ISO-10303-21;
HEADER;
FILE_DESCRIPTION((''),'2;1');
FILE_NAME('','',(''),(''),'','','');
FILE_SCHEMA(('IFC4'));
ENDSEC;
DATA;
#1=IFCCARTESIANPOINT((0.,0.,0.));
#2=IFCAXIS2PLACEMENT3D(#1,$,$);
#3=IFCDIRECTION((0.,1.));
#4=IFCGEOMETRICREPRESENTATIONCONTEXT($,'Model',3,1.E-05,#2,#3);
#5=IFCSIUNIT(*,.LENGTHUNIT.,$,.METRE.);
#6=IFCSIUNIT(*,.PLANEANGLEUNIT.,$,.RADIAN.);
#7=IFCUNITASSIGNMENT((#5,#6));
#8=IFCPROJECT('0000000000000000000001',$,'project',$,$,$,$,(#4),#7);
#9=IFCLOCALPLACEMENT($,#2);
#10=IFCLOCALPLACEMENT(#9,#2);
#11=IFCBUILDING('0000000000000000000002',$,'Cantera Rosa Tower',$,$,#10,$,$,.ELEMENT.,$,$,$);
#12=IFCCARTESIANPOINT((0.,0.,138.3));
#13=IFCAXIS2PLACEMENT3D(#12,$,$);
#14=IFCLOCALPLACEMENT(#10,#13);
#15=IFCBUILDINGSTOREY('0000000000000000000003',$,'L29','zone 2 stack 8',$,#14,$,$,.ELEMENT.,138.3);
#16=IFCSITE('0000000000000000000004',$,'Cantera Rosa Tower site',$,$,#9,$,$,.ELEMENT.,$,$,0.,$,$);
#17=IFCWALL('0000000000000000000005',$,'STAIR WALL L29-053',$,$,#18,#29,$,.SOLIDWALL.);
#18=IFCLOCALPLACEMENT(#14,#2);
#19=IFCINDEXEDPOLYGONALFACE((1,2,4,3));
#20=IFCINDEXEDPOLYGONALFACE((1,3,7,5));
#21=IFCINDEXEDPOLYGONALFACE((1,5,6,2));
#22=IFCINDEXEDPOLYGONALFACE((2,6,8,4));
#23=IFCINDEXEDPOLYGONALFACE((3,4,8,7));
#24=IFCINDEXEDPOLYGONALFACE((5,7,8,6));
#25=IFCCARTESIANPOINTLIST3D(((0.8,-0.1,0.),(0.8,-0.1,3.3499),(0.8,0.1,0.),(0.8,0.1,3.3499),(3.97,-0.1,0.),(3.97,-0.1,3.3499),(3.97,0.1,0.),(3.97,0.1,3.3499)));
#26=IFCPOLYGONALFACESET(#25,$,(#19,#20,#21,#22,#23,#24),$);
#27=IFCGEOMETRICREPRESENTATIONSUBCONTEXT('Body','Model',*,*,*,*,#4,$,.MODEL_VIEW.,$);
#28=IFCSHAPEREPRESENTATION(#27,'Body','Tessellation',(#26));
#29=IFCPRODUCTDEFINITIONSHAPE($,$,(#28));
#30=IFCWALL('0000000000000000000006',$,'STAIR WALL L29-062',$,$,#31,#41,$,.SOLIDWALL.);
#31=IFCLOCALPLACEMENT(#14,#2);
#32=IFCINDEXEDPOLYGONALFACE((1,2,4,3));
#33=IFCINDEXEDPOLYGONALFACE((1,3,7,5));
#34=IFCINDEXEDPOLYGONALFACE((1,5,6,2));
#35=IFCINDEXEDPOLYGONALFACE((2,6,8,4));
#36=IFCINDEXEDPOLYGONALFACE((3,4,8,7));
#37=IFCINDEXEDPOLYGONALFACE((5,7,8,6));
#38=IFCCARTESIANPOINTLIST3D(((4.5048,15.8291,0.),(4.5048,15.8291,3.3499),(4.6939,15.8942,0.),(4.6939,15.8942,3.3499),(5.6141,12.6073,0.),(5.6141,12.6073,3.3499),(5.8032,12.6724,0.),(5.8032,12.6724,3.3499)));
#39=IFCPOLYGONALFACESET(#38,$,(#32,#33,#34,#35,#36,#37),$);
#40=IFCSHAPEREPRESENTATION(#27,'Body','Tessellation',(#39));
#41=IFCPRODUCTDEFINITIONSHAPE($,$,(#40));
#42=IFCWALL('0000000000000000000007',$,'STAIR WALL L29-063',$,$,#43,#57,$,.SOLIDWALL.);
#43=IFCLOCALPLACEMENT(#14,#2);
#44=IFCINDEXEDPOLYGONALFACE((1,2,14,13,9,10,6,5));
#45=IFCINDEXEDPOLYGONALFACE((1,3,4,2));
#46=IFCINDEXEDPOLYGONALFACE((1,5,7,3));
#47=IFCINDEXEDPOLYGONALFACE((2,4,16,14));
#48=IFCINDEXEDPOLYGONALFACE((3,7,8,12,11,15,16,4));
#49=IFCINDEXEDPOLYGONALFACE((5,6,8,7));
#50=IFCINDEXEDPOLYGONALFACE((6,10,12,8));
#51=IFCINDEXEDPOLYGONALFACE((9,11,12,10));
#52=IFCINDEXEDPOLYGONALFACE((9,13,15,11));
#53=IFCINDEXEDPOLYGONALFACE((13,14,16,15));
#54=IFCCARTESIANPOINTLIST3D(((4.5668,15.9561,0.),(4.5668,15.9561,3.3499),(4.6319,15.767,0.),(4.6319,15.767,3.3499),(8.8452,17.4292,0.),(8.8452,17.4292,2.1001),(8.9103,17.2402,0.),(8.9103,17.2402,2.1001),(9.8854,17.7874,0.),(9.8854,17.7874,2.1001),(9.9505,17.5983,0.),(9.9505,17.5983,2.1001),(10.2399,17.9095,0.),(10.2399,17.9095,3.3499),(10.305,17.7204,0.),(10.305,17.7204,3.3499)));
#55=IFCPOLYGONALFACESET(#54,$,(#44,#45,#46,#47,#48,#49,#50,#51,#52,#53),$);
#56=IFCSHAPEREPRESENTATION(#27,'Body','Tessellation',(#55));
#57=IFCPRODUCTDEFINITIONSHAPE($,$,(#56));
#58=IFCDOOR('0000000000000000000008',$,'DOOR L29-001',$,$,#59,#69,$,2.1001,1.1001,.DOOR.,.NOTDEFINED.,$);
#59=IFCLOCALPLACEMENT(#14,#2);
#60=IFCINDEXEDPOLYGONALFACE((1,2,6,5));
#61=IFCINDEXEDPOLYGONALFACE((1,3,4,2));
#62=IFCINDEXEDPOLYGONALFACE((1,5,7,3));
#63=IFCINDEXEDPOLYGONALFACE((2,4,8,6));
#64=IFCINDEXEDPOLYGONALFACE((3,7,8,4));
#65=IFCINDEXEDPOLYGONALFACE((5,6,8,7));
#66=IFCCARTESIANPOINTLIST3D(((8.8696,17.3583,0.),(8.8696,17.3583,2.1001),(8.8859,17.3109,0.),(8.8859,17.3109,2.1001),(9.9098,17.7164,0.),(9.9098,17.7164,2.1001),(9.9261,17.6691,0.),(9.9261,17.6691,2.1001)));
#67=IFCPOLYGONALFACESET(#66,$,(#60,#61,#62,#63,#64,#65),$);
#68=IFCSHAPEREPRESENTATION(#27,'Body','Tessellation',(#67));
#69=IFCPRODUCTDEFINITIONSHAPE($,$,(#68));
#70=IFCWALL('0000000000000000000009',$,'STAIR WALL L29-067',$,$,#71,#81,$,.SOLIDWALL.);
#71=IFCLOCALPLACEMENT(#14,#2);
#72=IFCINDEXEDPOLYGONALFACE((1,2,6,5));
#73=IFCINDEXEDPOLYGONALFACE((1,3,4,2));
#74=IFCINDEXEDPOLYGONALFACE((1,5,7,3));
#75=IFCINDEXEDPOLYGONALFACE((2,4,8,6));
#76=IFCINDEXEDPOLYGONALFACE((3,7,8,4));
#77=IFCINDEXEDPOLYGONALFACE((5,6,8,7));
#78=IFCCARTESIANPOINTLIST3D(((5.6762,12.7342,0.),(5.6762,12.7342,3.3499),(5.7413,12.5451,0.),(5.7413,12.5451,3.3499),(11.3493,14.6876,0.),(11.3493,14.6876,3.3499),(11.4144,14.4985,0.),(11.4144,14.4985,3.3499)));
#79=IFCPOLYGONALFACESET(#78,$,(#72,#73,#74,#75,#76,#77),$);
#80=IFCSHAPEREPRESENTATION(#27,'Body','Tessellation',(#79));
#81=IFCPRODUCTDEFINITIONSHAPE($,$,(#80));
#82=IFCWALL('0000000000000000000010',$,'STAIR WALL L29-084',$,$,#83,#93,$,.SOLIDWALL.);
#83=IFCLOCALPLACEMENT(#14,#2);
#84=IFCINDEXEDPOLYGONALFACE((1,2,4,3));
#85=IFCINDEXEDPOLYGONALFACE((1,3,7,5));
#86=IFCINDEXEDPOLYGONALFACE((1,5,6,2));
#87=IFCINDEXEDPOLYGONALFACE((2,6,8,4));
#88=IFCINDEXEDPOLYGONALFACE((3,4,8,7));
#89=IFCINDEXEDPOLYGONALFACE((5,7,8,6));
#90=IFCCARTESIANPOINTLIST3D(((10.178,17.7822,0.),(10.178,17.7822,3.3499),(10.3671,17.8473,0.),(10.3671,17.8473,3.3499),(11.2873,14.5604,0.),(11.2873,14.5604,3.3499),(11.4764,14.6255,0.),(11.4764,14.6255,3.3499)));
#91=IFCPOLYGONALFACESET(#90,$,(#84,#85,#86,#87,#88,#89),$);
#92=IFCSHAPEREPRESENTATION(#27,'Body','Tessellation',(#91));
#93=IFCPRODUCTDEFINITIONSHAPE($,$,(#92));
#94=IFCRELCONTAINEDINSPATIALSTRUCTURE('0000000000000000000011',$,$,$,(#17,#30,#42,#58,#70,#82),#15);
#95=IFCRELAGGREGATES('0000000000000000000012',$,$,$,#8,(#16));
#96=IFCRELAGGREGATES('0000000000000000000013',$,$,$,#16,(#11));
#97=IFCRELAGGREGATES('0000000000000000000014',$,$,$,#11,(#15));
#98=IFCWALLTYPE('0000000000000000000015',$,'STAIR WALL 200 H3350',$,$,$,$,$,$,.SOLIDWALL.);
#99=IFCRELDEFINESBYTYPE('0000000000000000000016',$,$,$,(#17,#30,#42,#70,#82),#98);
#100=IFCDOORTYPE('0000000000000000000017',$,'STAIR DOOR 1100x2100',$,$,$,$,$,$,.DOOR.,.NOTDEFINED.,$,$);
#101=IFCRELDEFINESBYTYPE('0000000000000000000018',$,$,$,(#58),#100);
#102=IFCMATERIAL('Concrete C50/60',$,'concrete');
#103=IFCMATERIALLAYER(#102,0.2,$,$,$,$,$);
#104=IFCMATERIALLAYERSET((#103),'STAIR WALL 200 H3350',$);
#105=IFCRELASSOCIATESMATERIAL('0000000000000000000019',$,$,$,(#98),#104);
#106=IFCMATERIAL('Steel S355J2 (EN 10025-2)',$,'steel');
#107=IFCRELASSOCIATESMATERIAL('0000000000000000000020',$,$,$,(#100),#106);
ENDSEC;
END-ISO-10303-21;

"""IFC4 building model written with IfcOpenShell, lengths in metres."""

from ifc_helpers import new_model, si_unit, direction, frame, frame_2d, origin, place, context, subcontext, project, spatial, rectangle, extrude, material, layer, layer_set, type_object, element, fill, save


model = new_model("IFC4")

# Units and contexts
model_context = context("Model", 3, precision=1e-05, world=origin(), true_north=direction((0.0, 1.0)))
body_context = subcontext(model_context, "Body", "Model", "MODEL_VIEW")
ifc_project = project(units=[si_unit("LENGTHUNIT", "METRE"), si_unit("PLANEANGLEUNIT", "RADIAN")], contexts=[model_context])

# Site, building, storey
site_placement = place(None, origin())
site = spatial("IfcSite", under=ifc_project, at=site_placement, Name="Cantera Rosa Tower site", CompositionType="ELEMENT", RefElevation=0.0)
building_placement = place(site_placement, origin())
building = spatial("IfcBuilding", under=site, at=building_placement, Name="Cantera Rosa Tower", CompositionType="ELEMENT")
storey_placement = place(building_placement, frame((0.0, 0.0, 138.3)))
storey = spatial("IfcBuildingStorey", under=building, at=storey_placement, Name="L29", Description="zone 2 stack 8", CompositionType="ELEMENT", Elevation=138.3)

# Walls
ifc_material_1 = material(Name="Concrete C50/60", Category="concrete")
ifc_layer_1 = layer(ifc_material_1, 0.2)
ifc_layer_set_1 = layer_set([ifc_layer_1], Name="STAIR WALL 200 H3350")
wall_type_1 = type_object("IfcWallType", Name="STAIR WALL 200 H3350", PredefinedType="SOLIDWALL", material=ifc_layer_set_1)
wall_1_placement = place(storey_placement, frame((0.8, 0.0, 0.0), z_axis=(0.0, 0.0, 1.0), x_axis=(1.0, 0.0, 0.0)))
element("IfcWall", 1, at=wall_1_placement, inside=storey, type_object=wall_type_1, Name="STAIR WALL L29-053", PredefinedType="SOLIDWALL", context=body_context, shape_type="SweptSolid", body=[
    extrude(rectangle(XDim=3.1699, YDim=0.2, at=frame_2d((1.585, 0.0))), origin(), (0.0, 0.0, 1.0), 3.3499),
])
wall_2_placement = place(storey_placement, frame((4.5994, 15.8616, 0.0), z_axis=(0.0, 0.0, 1.0), x_axis=(0.325562, -0.945521, 0.0)))
element("IfcWall", 2, at=wall_2_placement, inside=storey, type_object=wall_type_1, Name="STAIR WALL L29-062", PredefinedType="SOLIDWALL", context=body_context, shape_type="SweptSolid", body=[
    extrude(rectangle(XDim=3.4075, YDim=0.2, at=frame_2d((1.7036, 0.0))), origin(), (0.0, 0.0, 1.0), 3.3499),
])

# Wall, opening, door
wall_3_placement = place(storey_placement, frame((4.5994, 15.8616, 0.0), z_axis=(0.0, 0.0, 1.0), x_axis=(0.94552, 0.325563, 0.0)))
wall_3 = element("IfcWall", 3, at=wall_3_placement, inside=storey, type_object=wall_type_1, Name="STAIR WALL L29-063", PredefinedType="SOLIDWALL", context=body_context, shape_type="SweptSolid", body=[
    extrude(rectangle(XDim=6.0, YDim=0.2, at=frame_2d((3.0, 0.0))), origin(), (0.0, 0.0, 1.0), 3.3499),
])
opening_1_placement = place(wall_3_placement, frame((4.5249, 0.0, 0.0)))
opening_1 = element("IfcOpeningElement", 4, at=opening_1_placement, cuts=wall_3, PredefinedType="OPENING", context=body_context, shape_type="SweptSolid", body=[
    extrude(rectangle(XDim=1.1001, YDim=2.1001, at=frame_2d((0.55, 1.05))), frame((0.0, 0.1099, 0.0), z_axis=(0.0, -1.0, 0.0), x_axis=(1.0, 0.0, 0.0)), (0.0, 0.0, 1.0), 0.22),
])
ifc_material_2 = material(Name="Steel S355J2 (EN 10025-2)", Category="steel")
door_type_1 = type_object("IfcDoorType", Name="STAIR DOOR 1100x2100", OperationType="NOTDEFINED", PredefinedType="DOOR", material=ifc_material_2)
door_1_placement = place(opening_1_placement, origin())
door_1 = element("IfcDoor", 5, at=door_1_placement, inside=storey, type_object=door_type_1, Name="DOOR L29-001", OperationType="NOTDEFINED", OverallHeight=2.1001, OverallWidth=1.1001, PredefinedType="DOOR", context=body_context, shape_type="SweptSolid", body=[
    extrude(rectangle(XDim=1.1001, YDim=2.1001, at=frame_2d((0.55, 1.05))), frame((0.0, 0.0249, 0.0), z_axis=(0.0, -1.0, 0.0), x_axis=(1.0, 0.0, 0.0)), (0.0, 0.0, 1.0), 0.05),
])
fill(opening_1, door_1)

# Walls
wall_4_placement = place(storey_placement, frame((5.7087, 12.6396, 0.0), z_axis=(0.0, 0.0, 1.0), x_axis=(0.94552, 0.325563, 0.0)))
element("IfcWall", 6, at=wall_4_placement, inside=storey, type_object=wall_type_1, Name="STAIR WALL L29-067", PredefinedType="SOLIDWALL", context=body_context, shape_type="SweptSolid", body=[
    extrude(rectangle(XDim=6.0, YDim=0.2, at=frame_2d((3.0, 0.0))), origin(), (0.0, 0.0, 1.0), 3.3499),
])
wall_5_placement = place(storey_placement, frame((11.3818, 14.593, 0.0), z_axis=(0.0, 0.0, 1.0), x_axis=(-0.325562, 0.945521, 0.0)))
element("IfcWall", 7, at=wall_5_placement, inside=storey, type_object=wall_type_1, Name="STAIR WALL L29-084", PredefinedType="SOLIDWALL", context=body_context, shape_type="SweptSolid", body=[
    extrude(rectangle(XDim=3.4075, YDim=0.2, at=frame_2d((1.7036, 0.0))), origin(), (0.0, 0.0, 1.0), 3.3499),
])

save(model, "model.ifc")
